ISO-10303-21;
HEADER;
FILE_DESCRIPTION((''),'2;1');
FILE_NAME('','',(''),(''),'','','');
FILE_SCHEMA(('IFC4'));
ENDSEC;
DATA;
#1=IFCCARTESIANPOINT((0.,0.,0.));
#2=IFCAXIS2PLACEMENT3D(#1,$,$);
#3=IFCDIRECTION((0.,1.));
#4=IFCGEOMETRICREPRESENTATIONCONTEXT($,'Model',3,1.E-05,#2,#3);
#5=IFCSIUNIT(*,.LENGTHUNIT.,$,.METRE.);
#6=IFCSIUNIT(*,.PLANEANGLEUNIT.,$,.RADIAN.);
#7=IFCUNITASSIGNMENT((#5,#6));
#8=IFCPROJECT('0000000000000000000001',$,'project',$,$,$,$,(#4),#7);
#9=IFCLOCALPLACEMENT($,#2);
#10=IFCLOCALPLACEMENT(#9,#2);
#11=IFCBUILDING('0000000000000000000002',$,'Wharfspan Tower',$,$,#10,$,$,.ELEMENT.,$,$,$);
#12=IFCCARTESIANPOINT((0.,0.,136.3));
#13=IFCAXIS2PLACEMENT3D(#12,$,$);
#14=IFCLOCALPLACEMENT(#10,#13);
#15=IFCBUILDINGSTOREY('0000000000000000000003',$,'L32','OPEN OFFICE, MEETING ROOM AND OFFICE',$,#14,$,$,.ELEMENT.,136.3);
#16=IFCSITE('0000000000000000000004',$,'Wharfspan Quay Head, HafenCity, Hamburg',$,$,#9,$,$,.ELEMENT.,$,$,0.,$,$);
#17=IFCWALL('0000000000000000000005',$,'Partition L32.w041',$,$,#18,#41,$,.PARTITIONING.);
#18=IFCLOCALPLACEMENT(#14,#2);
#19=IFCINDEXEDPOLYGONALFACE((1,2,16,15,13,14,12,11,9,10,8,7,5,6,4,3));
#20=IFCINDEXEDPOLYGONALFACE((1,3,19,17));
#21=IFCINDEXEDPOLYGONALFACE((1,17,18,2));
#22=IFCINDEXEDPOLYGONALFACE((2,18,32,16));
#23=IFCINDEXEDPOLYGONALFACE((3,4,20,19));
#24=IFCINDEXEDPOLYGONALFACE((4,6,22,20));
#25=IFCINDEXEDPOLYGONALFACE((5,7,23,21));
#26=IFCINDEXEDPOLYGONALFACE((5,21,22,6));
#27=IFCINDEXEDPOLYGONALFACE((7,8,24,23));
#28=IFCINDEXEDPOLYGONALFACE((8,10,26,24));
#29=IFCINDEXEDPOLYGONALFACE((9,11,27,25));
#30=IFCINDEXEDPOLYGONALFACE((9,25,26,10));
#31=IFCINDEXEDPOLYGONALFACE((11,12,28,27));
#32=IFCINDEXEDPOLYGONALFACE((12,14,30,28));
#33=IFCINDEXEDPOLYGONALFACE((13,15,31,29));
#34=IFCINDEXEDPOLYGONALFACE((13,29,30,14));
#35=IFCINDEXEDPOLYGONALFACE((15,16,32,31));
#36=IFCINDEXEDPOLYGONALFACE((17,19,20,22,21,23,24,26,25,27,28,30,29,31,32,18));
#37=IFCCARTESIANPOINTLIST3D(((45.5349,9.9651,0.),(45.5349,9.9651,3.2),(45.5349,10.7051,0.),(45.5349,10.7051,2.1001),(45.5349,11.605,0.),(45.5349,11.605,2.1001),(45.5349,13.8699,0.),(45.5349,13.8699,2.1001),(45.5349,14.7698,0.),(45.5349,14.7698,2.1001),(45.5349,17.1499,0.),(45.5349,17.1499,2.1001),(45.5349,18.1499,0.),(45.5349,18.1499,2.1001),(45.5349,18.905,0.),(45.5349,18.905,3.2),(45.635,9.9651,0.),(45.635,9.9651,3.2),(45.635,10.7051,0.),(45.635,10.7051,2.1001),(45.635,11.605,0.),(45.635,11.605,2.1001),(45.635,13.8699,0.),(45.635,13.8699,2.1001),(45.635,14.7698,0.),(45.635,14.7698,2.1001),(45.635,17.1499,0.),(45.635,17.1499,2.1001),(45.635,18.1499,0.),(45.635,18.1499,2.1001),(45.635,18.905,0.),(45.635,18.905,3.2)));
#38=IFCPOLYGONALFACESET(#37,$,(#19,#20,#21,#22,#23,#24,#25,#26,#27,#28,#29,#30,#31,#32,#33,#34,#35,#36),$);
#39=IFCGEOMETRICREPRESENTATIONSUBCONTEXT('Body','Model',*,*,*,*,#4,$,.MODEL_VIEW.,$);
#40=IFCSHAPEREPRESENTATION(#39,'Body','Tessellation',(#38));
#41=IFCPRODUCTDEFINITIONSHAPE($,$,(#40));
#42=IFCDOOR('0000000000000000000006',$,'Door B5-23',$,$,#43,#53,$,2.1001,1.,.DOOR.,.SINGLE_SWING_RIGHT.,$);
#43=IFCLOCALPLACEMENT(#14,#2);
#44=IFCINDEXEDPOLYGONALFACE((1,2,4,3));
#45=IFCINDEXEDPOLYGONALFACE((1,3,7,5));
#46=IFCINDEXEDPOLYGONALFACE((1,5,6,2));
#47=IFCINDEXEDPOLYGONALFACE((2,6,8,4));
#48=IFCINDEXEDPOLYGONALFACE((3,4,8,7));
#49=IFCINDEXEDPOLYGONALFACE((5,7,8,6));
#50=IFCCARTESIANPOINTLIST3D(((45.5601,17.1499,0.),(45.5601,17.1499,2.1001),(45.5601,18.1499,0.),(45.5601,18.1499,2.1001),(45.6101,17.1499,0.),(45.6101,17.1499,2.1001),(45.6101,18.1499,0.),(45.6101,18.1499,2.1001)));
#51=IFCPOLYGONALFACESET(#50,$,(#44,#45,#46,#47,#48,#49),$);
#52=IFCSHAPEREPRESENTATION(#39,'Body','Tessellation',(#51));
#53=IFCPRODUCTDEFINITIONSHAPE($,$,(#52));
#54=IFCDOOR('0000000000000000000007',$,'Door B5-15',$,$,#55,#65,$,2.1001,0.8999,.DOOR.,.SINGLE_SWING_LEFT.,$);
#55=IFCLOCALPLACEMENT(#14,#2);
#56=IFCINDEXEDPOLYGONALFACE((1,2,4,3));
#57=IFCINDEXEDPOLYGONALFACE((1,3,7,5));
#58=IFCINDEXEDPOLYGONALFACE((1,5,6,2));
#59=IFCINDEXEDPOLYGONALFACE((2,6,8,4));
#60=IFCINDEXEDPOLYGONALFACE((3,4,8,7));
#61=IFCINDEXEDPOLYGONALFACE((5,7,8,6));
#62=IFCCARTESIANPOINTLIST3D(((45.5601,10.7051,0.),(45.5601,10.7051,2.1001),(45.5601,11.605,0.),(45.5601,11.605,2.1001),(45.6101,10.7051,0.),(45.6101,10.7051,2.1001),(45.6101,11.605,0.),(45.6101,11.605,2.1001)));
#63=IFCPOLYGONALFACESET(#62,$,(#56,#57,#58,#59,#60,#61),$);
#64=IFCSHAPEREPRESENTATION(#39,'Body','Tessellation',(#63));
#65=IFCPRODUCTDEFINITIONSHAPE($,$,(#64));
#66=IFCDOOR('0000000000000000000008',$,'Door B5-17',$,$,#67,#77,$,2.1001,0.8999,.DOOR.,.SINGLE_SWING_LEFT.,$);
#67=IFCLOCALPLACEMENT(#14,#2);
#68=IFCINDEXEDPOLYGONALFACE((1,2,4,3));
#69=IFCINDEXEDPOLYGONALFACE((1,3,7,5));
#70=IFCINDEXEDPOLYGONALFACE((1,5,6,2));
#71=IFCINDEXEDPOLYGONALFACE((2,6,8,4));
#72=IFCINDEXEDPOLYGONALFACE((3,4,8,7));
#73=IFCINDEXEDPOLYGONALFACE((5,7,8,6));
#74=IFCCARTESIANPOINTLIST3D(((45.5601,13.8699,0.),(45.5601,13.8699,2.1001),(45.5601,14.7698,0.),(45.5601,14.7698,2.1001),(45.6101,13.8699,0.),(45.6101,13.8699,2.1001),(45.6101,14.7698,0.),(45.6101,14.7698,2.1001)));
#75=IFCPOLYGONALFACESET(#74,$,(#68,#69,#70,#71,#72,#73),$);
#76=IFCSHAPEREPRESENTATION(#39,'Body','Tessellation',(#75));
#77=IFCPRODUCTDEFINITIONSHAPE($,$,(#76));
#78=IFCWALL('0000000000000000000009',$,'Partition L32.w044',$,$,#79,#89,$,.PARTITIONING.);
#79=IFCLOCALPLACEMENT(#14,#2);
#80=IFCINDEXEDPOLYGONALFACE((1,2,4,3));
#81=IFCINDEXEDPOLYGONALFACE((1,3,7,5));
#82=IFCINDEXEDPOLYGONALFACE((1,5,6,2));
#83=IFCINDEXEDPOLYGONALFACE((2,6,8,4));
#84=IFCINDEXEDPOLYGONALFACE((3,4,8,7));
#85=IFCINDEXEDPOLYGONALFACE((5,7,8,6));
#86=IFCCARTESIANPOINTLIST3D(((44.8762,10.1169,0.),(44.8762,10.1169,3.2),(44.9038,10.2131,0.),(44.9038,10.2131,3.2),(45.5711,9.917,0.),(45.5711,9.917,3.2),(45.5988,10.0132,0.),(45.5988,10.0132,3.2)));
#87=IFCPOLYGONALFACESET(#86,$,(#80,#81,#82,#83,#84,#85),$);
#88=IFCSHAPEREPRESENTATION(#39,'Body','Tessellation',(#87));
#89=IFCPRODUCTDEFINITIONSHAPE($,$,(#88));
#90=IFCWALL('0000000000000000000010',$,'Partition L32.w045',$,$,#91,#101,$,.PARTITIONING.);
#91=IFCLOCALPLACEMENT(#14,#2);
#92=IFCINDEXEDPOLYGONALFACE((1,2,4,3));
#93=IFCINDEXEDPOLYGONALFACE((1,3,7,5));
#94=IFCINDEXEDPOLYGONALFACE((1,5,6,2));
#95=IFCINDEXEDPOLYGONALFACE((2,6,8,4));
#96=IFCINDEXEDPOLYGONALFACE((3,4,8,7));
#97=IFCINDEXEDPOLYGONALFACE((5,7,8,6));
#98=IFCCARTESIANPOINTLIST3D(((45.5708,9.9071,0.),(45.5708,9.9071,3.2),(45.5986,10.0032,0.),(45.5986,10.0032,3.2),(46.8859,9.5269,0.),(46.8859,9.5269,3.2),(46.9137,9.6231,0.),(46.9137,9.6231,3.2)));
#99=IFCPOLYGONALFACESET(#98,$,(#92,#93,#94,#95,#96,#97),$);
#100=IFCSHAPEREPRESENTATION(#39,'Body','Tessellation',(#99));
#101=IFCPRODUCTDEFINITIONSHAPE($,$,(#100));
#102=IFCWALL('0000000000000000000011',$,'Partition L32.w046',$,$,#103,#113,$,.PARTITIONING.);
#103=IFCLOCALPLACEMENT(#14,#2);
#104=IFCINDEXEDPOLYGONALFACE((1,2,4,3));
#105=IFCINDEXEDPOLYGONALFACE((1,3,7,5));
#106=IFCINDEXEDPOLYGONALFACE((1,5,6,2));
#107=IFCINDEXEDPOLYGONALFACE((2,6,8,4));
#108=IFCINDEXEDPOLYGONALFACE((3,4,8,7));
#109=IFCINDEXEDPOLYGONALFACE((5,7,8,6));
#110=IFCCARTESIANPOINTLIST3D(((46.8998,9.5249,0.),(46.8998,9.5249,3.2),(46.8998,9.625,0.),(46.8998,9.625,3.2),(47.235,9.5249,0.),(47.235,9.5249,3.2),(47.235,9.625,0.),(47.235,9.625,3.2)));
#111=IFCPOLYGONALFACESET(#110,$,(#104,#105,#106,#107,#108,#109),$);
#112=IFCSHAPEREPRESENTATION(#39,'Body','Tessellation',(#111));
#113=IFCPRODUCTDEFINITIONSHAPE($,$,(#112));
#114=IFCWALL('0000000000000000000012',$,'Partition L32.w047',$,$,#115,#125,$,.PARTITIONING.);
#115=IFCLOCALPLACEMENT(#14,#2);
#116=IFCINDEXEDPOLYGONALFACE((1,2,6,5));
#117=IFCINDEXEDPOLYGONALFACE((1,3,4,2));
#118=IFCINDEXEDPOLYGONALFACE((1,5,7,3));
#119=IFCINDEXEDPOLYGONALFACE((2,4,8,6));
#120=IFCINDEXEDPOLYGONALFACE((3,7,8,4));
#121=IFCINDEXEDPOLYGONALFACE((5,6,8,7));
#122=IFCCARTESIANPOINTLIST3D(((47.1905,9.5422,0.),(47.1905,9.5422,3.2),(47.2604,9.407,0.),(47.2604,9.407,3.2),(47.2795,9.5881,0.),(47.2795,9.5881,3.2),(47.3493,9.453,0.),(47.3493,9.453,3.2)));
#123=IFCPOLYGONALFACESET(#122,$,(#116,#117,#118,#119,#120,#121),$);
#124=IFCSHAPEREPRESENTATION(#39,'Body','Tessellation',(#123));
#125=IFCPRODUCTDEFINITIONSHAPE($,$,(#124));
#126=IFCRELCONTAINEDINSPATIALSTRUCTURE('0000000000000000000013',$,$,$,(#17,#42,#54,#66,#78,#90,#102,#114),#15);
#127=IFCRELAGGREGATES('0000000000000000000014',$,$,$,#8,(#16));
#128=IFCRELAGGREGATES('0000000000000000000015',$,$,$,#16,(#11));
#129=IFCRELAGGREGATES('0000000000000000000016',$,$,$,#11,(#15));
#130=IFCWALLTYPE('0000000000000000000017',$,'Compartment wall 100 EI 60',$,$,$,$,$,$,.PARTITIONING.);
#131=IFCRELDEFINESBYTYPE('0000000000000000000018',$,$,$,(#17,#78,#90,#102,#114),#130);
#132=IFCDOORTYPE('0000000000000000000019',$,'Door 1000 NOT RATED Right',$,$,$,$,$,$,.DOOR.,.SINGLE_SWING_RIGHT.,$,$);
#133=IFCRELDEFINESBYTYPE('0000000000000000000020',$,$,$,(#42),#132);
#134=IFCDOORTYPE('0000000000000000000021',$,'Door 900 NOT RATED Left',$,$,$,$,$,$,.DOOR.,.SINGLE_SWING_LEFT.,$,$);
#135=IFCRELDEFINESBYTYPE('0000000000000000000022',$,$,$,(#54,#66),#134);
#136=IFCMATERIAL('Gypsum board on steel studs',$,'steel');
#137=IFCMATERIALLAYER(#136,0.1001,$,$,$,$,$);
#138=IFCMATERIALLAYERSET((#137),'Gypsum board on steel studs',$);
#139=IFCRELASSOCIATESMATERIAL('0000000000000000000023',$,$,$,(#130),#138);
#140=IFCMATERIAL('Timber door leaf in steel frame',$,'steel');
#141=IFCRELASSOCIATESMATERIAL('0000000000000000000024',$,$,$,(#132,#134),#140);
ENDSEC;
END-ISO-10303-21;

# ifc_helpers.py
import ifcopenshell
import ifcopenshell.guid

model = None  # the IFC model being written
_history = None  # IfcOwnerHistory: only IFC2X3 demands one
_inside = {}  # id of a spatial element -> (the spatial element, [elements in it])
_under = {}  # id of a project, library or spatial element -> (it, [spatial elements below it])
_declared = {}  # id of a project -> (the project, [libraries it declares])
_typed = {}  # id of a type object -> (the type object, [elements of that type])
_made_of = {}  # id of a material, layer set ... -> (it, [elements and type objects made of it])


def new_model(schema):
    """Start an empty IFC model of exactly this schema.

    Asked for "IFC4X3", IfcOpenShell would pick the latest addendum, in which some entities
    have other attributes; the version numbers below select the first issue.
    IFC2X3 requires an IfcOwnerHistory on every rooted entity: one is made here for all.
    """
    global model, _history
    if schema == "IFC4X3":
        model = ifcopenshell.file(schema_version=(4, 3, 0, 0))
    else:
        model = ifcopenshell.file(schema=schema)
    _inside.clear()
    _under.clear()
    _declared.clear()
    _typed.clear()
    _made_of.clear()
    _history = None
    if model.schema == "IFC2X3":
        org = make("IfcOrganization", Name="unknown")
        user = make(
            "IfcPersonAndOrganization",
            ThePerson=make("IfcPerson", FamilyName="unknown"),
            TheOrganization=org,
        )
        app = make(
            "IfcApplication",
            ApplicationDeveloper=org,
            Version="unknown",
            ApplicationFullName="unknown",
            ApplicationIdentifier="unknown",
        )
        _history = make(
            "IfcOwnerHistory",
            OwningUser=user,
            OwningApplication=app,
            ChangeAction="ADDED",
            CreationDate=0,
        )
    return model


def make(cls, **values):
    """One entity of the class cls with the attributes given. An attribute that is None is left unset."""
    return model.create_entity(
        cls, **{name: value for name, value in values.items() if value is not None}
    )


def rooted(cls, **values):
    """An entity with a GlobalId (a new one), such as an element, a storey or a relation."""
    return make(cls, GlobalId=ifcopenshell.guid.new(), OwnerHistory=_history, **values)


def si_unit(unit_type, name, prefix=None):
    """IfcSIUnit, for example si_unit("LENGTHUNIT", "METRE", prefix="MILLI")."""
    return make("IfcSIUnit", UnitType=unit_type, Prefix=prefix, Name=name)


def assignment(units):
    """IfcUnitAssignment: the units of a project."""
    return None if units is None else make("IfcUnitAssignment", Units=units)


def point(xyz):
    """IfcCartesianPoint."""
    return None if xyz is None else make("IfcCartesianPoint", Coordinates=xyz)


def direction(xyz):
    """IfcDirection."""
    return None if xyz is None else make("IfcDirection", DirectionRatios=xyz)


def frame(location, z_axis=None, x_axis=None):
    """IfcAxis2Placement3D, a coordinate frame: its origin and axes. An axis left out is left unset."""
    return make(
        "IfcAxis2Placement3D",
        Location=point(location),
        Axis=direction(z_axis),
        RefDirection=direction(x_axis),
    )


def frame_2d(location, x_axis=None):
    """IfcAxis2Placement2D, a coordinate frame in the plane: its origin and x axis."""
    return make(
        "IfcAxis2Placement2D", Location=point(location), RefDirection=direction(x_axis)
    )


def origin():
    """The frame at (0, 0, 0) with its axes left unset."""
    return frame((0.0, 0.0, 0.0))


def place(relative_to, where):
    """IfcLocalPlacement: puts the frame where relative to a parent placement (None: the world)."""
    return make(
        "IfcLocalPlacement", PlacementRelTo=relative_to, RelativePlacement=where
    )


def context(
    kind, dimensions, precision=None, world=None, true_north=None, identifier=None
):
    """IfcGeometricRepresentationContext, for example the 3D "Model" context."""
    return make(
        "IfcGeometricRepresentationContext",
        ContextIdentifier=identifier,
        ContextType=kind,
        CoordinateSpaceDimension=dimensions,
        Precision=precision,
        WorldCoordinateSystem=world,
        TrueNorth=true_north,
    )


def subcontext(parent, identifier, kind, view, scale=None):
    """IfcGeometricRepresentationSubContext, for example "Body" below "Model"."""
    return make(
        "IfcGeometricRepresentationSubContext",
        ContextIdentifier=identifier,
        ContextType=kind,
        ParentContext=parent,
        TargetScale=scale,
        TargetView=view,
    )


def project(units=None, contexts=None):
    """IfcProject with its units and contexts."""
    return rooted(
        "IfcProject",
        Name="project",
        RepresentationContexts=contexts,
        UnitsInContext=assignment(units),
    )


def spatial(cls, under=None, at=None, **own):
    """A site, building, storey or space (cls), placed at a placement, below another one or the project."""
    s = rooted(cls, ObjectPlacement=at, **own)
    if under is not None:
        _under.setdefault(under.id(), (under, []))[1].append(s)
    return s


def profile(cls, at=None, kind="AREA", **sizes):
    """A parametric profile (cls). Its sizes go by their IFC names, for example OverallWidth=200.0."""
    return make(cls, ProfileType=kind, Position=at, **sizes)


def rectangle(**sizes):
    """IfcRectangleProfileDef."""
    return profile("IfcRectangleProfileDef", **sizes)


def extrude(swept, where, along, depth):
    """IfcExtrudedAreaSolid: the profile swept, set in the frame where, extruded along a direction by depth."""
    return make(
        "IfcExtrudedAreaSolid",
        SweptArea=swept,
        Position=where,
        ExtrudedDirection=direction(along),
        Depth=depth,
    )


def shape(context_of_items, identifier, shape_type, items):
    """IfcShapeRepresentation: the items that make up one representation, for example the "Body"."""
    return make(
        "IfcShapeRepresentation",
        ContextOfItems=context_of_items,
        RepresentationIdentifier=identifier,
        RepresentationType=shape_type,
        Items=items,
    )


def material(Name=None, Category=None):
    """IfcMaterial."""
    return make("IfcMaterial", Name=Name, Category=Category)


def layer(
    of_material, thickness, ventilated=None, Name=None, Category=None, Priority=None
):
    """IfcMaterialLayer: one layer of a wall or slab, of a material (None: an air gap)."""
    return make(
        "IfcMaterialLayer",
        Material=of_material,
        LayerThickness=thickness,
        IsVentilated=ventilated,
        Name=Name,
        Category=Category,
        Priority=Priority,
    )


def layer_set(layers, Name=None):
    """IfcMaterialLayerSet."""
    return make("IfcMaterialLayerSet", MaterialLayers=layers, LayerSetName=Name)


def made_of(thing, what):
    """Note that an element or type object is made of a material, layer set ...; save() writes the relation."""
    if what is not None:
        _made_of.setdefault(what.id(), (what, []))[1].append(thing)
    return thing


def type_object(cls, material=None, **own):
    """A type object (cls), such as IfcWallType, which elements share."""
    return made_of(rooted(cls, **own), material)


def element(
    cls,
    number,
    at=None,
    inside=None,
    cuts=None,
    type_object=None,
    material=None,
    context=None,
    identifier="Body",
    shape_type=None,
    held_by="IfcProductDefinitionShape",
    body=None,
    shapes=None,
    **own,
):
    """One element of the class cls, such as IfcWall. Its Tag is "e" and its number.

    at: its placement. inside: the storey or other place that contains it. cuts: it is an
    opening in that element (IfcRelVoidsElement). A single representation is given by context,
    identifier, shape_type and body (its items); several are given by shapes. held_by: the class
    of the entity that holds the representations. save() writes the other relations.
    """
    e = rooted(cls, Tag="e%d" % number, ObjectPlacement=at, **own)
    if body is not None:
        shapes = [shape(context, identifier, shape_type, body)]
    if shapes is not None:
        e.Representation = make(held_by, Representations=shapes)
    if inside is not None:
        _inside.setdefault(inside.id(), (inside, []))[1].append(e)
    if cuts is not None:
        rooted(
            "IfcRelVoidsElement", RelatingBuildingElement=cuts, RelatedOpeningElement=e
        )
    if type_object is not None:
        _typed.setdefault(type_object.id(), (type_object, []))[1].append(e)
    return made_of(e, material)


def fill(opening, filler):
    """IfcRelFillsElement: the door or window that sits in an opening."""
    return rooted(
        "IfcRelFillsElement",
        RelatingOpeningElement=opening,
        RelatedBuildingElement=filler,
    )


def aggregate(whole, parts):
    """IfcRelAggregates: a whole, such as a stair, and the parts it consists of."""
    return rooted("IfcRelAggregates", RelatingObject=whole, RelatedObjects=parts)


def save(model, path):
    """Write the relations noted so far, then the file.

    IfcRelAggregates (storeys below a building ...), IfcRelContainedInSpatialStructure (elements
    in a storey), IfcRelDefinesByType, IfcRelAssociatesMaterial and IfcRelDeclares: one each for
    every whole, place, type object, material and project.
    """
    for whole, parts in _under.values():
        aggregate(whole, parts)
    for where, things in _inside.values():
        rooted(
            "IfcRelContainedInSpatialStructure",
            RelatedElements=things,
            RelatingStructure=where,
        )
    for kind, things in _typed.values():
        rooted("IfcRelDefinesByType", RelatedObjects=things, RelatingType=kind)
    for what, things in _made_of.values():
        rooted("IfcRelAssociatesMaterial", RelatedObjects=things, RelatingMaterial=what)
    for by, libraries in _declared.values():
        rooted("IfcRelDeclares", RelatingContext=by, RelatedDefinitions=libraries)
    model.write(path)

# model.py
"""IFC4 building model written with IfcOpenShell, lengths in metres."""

from ifc_helpers import new_model, si_unit, direction, frame, frame_2d, origin, place, context, subcontext, project, spatial, rectangle, extrude, material, layer, layer_set, type_object, element, fill, save


model = new_model("IFC4")

# Units and contexts
model_context = context("Model", 3, precision=1e-05, world=origin(), true_north=direction((0.0, 1.0)))
body_context = subcontext(model_context, "Body", "Model", "MODEL_VIEW")
ifc_project = project(units=[si_unit("LENGTHUNIT", "METRE"), si_unit("PLANEANGLEUNIT", "RADIAN")], contexts=[model_context])

# Site, building, storey
site_placement = place(None, origin())
site = spatial("IfcSite", under=ifc_project, at=site_placement, Name="Wharfspan Quay Head, HafenCity, Hamburg", CompositionType="ELEMENT", RefElevation=0.0)
building_placement = place(site_placement, origin())
building = spatial("IfcBuilding", under=site, at=building_placement, Name="Wharfspan Tower", CompositionType="ELEMENT")
storey_placement = place(building_placement, frame((0.0, 0.0, 136.3)))
storey = spatial("IfcBuildingStorey", under=building, at=storey_placement, Name="L32", Description="OPEN OFFICE, MEETING ROOM AND OFFICE", CompositionType="ELEMENT", Elevation=136.3)

# Shared definitions
ifc_material_1 = material(Name="Gypsum board on steel studs", Category="steel")
ifc_layer = layer(ifc_material_1, 0.1001)
ifc_layer_set = layer_set([ifc_layer], Name="Gypsum board on steel studs")
wall_type = type_object("IfcWallType", Name="Compartment wall 100 EI 60", PredefinedType="PARTITIONING", material=ifc_layer_set)

# Wall, openings, doors
wall_1_placement = place(storey_placement, frame((45.585, 9.9651, 0.0), z_axis=(0.0, 0.0, 1.0), x_axis=(0.0, 1.0, 0.0)))
wall_1 = element("IfcWall", 1, at=wall_1_placement, inside=storey, type_object=wall_type, Name="Partition L32.w041", PredefinedType="PARTITIONING", context=body_context, shape_type="SweptSolid", body=[
    extrude(rectangle(XDim=8.9399, YDim=0.1001, at=frame_2d((4.47, 0.0))), origin(), (0.0, 0.0, 1.0), 3.2),
])
opening_1_placement = place(wall_1_placement, frame((0.74, 0.0, 0.0)))
opening_1 = element("IfcOpeningElement", 2, at=opening_1_placement, cuts=wall_1, PredefinedType="OPENING", context=body_context, shape_type="SweptSolid", body=[
    extrude(rectangle(XDim=0.8999, YDim=2.1001, at=frame_2d((0.45, 1.05))), frame((0.0, 0.0601, 0.0), z_axis=(0.0, -1.0, 0.0), x_axis=(1.0, 0.0, 0.0)), (0.0, 0.0, 1.0), 0.1201),
])
opening_2_placement = place(wall_1_placement, frame((3.9048, 0.0, 0.0)))
opening_2 = element("IfcOpeningElement", 3, at=opening_2_placement, cuts=wall_1, PredefinedType="OPENING", context=body_context, shape_type="SweptSolid", body=[
    extrude(rectangle(XDim=0.8999, YDim=2.1001, at=frame_2d((0.45, 1.05))), frame((0.0, 0.0601, 0.0), z_axis=(0.0, -1.0, 0.0), x_axis=(1.0, 0.0, 0.0)), (0.0, 0.0, 1.0), 0.1201),
])
opening_3_placement = place(wall_1_placement, frame((7.1848, 0.0, 0.0)))
opening_3 = element("IfcOpeningElement", 4, at=opening_3_placement, cuts=wall_1, PredefinedType="OPENING", context=body_context, shape_type="SweptSolid", body=[
    extrude(rectangle(XDim=1.0, YDim=2.1001, at=frame_2d((0.5, 1.05))), frame((0.0, 0.0601, 0.0), z_axis=(0.0, -1.0, 0.0), x_axis=(1.0, 0.0, 0.0)), (0.0, 0.0, 1.0), 0.1201),
])
ifc_material_2 = material(Name="Timber door leaf in steel frame", Category="steel")
door_type_1 = type_object("IfcDoorType", Name="Door 1000 NOT RATED Right", OperationType="SINGLE_SWING_RIGHT", PredefinedType="DOOR", material=ifc_material_2)
door_1_placement = place(opening_3_placement, origin())
door_1 = element("IfcDoor", 5, at=door_1_placement, inside=storey, type_object=door_type_1, Name="Door B5-23", OperationType="SINGLE_SWING_RIGHT", OverallHeight=2.1001, OverallWidth=1.0, PredefinedType="DOOR", context=body_context, shape_type="SweptSolid", body=[
    extrude(rectangle(XDim=1.0, YDim=2.1001, at=frame_2d((0.5, 1.05))), frame((0.0, 0.0249, 0.0), z_axis=(0.0, -1.0, 0.0), x_axis=(1.0, 0.0, 0.0)), (0.0, 0.0, 1.0), 0.05),
])
fill(opening_3, door_1)
door_type_2 = type_object("IfcDoorType", Name="Door 900 NOT RATED Left", OperationType="SINGLE_SWING_LEFT", PredefinedType="DOOR", material=ifc_material_2)
door_2_placement = place(opening_1_placement, origin())
door_2 = element("IfcDoor", 6, at=door_2_placement, inside=storey, type_object=door_type_2, Name="Door B5-15", OperationType="SINGLE_SWING_LEFT", OverallHeight=2.1001, OverallWidth=0.8999, PredefinedType="DOOR", context=body_context, shape_type="SweptSolid", body=[
    extrude(rectangle(XDim=0.8999, YDim=2.1001, at=frame_2d((0.45, 1.05))), frame((0.0, 0.0249, 0.0), z_axis=(0.0, -1.0, 0.0), x_axis=(1.0, 0.0, 0.0)), (0.0, 0.0, 1.0), 0.05),
])
fill(opening_1, door_2)
door_3_placement = place(opening_2_placement, origin())
door_3 = element("IfcDoor", 7, at=door_3_placement, inside=storey, type_object=door_type_2, Name="Door B5-17", OperationType="SINGLE_SWING_LEFT", OverallHeight=2.1001, OverallWidth=0.8999, PredefinedType="DOOR", context=body_context, shape_type="SweptSolid", body=[
    extrude(rectangle(XDim=0.8999, YDim=2.1001, at=frame_2d((0.45, 1.05))), frame((0.0, 0.0249, 0.0), z_axis=(0.0, -1.0, 0.0), x_axis=(1.0, 0.0, 0.0)), (0.0, 0.0, 1.0), 0.05),
])
fill(opening_2, door_3)

# Walls
wall_2_placement = place(storey_placement, frame((45.585, 9.9651, 0.0), z_axis=(0.0, 0.0, 1.0), x_axis=(-0.961024, 0.276459, 0.0)))
element("IfcWall", 8, at=wall_2_placement, inside=storey, type_object=wall_type, Name="Partition L32.w044", PredefinedType="PARTITIONING", context=body_context, shape_type="SweptSolid", body=[
    extrude(rectangle(XDim=0.7231, YDim=0.1001, at=frame_2d((0.3616, 0.0))), origin(), (0.0, 0.0, 1.0), 3.2),
])
wall_3_placement = place(storey_placement, frame((46.8999, 9.575, 0.0), z_axis=(0.0, 0.0, 1.0), x_axis=(-0.960666, 0.277712, 0.0)))
element("IfcWall", 9, at=wall_3_placement, inside=storey, type_object=wall_type, Name="Partition L32.w045", PredefinedType="PARTITIONING", context=body_context, shape_type="SweptSolid", body=[
    extrude(rectangle(XDim=1.3689, YDim=0.1001, at=frame_2d((0.6846, 0.0))), origin(), (0.0, 0.0, 1.0), 3.2),
])
wall_4_placement = place(storey_placement, frame((46.8999, 9.575, 0.0), z_axis=(0.0, 0.0, 1.0), x_axis=(1.0, 0.0, 0.0)))
element("IfcWall", 10, at=wall_4_placement, inside=storey, type_object=wall_type, Name="Partition L32.w046", PredefinedType="PARTITIONING", context=body_context, shape_type="SweptSolid", body=[
    extrude(rectangle(XDim=0.3352, YDim=0.1001, at=frame_2d((0.1675, 0.0))), origin(), (0.0, 0.0, 1.0), 3.2),
])
wall_5_placement = place(storey_placement, frame((47.3049, 9.4299, 0.0), z_axis=(0.0, 0.0, 1.0), x_axis=(-0.459377, 0.888236, 0.0)))
element("IfcWall", 11, at=wall_5_placement, inside=storey, type_object=wall_type, Name="Partition L32.w047", PredefinedType="PARTITIONING", context=body_context, shape_type="SweptSolid", body=[
    extrude(rectangle(XDim=0.1521, YDim=0.1001, at=frame_2d((0.0762, 0.0))), origin(), (0.0, 0.0, 1.0), 3.2),
])

save(model, "model.ifc")
